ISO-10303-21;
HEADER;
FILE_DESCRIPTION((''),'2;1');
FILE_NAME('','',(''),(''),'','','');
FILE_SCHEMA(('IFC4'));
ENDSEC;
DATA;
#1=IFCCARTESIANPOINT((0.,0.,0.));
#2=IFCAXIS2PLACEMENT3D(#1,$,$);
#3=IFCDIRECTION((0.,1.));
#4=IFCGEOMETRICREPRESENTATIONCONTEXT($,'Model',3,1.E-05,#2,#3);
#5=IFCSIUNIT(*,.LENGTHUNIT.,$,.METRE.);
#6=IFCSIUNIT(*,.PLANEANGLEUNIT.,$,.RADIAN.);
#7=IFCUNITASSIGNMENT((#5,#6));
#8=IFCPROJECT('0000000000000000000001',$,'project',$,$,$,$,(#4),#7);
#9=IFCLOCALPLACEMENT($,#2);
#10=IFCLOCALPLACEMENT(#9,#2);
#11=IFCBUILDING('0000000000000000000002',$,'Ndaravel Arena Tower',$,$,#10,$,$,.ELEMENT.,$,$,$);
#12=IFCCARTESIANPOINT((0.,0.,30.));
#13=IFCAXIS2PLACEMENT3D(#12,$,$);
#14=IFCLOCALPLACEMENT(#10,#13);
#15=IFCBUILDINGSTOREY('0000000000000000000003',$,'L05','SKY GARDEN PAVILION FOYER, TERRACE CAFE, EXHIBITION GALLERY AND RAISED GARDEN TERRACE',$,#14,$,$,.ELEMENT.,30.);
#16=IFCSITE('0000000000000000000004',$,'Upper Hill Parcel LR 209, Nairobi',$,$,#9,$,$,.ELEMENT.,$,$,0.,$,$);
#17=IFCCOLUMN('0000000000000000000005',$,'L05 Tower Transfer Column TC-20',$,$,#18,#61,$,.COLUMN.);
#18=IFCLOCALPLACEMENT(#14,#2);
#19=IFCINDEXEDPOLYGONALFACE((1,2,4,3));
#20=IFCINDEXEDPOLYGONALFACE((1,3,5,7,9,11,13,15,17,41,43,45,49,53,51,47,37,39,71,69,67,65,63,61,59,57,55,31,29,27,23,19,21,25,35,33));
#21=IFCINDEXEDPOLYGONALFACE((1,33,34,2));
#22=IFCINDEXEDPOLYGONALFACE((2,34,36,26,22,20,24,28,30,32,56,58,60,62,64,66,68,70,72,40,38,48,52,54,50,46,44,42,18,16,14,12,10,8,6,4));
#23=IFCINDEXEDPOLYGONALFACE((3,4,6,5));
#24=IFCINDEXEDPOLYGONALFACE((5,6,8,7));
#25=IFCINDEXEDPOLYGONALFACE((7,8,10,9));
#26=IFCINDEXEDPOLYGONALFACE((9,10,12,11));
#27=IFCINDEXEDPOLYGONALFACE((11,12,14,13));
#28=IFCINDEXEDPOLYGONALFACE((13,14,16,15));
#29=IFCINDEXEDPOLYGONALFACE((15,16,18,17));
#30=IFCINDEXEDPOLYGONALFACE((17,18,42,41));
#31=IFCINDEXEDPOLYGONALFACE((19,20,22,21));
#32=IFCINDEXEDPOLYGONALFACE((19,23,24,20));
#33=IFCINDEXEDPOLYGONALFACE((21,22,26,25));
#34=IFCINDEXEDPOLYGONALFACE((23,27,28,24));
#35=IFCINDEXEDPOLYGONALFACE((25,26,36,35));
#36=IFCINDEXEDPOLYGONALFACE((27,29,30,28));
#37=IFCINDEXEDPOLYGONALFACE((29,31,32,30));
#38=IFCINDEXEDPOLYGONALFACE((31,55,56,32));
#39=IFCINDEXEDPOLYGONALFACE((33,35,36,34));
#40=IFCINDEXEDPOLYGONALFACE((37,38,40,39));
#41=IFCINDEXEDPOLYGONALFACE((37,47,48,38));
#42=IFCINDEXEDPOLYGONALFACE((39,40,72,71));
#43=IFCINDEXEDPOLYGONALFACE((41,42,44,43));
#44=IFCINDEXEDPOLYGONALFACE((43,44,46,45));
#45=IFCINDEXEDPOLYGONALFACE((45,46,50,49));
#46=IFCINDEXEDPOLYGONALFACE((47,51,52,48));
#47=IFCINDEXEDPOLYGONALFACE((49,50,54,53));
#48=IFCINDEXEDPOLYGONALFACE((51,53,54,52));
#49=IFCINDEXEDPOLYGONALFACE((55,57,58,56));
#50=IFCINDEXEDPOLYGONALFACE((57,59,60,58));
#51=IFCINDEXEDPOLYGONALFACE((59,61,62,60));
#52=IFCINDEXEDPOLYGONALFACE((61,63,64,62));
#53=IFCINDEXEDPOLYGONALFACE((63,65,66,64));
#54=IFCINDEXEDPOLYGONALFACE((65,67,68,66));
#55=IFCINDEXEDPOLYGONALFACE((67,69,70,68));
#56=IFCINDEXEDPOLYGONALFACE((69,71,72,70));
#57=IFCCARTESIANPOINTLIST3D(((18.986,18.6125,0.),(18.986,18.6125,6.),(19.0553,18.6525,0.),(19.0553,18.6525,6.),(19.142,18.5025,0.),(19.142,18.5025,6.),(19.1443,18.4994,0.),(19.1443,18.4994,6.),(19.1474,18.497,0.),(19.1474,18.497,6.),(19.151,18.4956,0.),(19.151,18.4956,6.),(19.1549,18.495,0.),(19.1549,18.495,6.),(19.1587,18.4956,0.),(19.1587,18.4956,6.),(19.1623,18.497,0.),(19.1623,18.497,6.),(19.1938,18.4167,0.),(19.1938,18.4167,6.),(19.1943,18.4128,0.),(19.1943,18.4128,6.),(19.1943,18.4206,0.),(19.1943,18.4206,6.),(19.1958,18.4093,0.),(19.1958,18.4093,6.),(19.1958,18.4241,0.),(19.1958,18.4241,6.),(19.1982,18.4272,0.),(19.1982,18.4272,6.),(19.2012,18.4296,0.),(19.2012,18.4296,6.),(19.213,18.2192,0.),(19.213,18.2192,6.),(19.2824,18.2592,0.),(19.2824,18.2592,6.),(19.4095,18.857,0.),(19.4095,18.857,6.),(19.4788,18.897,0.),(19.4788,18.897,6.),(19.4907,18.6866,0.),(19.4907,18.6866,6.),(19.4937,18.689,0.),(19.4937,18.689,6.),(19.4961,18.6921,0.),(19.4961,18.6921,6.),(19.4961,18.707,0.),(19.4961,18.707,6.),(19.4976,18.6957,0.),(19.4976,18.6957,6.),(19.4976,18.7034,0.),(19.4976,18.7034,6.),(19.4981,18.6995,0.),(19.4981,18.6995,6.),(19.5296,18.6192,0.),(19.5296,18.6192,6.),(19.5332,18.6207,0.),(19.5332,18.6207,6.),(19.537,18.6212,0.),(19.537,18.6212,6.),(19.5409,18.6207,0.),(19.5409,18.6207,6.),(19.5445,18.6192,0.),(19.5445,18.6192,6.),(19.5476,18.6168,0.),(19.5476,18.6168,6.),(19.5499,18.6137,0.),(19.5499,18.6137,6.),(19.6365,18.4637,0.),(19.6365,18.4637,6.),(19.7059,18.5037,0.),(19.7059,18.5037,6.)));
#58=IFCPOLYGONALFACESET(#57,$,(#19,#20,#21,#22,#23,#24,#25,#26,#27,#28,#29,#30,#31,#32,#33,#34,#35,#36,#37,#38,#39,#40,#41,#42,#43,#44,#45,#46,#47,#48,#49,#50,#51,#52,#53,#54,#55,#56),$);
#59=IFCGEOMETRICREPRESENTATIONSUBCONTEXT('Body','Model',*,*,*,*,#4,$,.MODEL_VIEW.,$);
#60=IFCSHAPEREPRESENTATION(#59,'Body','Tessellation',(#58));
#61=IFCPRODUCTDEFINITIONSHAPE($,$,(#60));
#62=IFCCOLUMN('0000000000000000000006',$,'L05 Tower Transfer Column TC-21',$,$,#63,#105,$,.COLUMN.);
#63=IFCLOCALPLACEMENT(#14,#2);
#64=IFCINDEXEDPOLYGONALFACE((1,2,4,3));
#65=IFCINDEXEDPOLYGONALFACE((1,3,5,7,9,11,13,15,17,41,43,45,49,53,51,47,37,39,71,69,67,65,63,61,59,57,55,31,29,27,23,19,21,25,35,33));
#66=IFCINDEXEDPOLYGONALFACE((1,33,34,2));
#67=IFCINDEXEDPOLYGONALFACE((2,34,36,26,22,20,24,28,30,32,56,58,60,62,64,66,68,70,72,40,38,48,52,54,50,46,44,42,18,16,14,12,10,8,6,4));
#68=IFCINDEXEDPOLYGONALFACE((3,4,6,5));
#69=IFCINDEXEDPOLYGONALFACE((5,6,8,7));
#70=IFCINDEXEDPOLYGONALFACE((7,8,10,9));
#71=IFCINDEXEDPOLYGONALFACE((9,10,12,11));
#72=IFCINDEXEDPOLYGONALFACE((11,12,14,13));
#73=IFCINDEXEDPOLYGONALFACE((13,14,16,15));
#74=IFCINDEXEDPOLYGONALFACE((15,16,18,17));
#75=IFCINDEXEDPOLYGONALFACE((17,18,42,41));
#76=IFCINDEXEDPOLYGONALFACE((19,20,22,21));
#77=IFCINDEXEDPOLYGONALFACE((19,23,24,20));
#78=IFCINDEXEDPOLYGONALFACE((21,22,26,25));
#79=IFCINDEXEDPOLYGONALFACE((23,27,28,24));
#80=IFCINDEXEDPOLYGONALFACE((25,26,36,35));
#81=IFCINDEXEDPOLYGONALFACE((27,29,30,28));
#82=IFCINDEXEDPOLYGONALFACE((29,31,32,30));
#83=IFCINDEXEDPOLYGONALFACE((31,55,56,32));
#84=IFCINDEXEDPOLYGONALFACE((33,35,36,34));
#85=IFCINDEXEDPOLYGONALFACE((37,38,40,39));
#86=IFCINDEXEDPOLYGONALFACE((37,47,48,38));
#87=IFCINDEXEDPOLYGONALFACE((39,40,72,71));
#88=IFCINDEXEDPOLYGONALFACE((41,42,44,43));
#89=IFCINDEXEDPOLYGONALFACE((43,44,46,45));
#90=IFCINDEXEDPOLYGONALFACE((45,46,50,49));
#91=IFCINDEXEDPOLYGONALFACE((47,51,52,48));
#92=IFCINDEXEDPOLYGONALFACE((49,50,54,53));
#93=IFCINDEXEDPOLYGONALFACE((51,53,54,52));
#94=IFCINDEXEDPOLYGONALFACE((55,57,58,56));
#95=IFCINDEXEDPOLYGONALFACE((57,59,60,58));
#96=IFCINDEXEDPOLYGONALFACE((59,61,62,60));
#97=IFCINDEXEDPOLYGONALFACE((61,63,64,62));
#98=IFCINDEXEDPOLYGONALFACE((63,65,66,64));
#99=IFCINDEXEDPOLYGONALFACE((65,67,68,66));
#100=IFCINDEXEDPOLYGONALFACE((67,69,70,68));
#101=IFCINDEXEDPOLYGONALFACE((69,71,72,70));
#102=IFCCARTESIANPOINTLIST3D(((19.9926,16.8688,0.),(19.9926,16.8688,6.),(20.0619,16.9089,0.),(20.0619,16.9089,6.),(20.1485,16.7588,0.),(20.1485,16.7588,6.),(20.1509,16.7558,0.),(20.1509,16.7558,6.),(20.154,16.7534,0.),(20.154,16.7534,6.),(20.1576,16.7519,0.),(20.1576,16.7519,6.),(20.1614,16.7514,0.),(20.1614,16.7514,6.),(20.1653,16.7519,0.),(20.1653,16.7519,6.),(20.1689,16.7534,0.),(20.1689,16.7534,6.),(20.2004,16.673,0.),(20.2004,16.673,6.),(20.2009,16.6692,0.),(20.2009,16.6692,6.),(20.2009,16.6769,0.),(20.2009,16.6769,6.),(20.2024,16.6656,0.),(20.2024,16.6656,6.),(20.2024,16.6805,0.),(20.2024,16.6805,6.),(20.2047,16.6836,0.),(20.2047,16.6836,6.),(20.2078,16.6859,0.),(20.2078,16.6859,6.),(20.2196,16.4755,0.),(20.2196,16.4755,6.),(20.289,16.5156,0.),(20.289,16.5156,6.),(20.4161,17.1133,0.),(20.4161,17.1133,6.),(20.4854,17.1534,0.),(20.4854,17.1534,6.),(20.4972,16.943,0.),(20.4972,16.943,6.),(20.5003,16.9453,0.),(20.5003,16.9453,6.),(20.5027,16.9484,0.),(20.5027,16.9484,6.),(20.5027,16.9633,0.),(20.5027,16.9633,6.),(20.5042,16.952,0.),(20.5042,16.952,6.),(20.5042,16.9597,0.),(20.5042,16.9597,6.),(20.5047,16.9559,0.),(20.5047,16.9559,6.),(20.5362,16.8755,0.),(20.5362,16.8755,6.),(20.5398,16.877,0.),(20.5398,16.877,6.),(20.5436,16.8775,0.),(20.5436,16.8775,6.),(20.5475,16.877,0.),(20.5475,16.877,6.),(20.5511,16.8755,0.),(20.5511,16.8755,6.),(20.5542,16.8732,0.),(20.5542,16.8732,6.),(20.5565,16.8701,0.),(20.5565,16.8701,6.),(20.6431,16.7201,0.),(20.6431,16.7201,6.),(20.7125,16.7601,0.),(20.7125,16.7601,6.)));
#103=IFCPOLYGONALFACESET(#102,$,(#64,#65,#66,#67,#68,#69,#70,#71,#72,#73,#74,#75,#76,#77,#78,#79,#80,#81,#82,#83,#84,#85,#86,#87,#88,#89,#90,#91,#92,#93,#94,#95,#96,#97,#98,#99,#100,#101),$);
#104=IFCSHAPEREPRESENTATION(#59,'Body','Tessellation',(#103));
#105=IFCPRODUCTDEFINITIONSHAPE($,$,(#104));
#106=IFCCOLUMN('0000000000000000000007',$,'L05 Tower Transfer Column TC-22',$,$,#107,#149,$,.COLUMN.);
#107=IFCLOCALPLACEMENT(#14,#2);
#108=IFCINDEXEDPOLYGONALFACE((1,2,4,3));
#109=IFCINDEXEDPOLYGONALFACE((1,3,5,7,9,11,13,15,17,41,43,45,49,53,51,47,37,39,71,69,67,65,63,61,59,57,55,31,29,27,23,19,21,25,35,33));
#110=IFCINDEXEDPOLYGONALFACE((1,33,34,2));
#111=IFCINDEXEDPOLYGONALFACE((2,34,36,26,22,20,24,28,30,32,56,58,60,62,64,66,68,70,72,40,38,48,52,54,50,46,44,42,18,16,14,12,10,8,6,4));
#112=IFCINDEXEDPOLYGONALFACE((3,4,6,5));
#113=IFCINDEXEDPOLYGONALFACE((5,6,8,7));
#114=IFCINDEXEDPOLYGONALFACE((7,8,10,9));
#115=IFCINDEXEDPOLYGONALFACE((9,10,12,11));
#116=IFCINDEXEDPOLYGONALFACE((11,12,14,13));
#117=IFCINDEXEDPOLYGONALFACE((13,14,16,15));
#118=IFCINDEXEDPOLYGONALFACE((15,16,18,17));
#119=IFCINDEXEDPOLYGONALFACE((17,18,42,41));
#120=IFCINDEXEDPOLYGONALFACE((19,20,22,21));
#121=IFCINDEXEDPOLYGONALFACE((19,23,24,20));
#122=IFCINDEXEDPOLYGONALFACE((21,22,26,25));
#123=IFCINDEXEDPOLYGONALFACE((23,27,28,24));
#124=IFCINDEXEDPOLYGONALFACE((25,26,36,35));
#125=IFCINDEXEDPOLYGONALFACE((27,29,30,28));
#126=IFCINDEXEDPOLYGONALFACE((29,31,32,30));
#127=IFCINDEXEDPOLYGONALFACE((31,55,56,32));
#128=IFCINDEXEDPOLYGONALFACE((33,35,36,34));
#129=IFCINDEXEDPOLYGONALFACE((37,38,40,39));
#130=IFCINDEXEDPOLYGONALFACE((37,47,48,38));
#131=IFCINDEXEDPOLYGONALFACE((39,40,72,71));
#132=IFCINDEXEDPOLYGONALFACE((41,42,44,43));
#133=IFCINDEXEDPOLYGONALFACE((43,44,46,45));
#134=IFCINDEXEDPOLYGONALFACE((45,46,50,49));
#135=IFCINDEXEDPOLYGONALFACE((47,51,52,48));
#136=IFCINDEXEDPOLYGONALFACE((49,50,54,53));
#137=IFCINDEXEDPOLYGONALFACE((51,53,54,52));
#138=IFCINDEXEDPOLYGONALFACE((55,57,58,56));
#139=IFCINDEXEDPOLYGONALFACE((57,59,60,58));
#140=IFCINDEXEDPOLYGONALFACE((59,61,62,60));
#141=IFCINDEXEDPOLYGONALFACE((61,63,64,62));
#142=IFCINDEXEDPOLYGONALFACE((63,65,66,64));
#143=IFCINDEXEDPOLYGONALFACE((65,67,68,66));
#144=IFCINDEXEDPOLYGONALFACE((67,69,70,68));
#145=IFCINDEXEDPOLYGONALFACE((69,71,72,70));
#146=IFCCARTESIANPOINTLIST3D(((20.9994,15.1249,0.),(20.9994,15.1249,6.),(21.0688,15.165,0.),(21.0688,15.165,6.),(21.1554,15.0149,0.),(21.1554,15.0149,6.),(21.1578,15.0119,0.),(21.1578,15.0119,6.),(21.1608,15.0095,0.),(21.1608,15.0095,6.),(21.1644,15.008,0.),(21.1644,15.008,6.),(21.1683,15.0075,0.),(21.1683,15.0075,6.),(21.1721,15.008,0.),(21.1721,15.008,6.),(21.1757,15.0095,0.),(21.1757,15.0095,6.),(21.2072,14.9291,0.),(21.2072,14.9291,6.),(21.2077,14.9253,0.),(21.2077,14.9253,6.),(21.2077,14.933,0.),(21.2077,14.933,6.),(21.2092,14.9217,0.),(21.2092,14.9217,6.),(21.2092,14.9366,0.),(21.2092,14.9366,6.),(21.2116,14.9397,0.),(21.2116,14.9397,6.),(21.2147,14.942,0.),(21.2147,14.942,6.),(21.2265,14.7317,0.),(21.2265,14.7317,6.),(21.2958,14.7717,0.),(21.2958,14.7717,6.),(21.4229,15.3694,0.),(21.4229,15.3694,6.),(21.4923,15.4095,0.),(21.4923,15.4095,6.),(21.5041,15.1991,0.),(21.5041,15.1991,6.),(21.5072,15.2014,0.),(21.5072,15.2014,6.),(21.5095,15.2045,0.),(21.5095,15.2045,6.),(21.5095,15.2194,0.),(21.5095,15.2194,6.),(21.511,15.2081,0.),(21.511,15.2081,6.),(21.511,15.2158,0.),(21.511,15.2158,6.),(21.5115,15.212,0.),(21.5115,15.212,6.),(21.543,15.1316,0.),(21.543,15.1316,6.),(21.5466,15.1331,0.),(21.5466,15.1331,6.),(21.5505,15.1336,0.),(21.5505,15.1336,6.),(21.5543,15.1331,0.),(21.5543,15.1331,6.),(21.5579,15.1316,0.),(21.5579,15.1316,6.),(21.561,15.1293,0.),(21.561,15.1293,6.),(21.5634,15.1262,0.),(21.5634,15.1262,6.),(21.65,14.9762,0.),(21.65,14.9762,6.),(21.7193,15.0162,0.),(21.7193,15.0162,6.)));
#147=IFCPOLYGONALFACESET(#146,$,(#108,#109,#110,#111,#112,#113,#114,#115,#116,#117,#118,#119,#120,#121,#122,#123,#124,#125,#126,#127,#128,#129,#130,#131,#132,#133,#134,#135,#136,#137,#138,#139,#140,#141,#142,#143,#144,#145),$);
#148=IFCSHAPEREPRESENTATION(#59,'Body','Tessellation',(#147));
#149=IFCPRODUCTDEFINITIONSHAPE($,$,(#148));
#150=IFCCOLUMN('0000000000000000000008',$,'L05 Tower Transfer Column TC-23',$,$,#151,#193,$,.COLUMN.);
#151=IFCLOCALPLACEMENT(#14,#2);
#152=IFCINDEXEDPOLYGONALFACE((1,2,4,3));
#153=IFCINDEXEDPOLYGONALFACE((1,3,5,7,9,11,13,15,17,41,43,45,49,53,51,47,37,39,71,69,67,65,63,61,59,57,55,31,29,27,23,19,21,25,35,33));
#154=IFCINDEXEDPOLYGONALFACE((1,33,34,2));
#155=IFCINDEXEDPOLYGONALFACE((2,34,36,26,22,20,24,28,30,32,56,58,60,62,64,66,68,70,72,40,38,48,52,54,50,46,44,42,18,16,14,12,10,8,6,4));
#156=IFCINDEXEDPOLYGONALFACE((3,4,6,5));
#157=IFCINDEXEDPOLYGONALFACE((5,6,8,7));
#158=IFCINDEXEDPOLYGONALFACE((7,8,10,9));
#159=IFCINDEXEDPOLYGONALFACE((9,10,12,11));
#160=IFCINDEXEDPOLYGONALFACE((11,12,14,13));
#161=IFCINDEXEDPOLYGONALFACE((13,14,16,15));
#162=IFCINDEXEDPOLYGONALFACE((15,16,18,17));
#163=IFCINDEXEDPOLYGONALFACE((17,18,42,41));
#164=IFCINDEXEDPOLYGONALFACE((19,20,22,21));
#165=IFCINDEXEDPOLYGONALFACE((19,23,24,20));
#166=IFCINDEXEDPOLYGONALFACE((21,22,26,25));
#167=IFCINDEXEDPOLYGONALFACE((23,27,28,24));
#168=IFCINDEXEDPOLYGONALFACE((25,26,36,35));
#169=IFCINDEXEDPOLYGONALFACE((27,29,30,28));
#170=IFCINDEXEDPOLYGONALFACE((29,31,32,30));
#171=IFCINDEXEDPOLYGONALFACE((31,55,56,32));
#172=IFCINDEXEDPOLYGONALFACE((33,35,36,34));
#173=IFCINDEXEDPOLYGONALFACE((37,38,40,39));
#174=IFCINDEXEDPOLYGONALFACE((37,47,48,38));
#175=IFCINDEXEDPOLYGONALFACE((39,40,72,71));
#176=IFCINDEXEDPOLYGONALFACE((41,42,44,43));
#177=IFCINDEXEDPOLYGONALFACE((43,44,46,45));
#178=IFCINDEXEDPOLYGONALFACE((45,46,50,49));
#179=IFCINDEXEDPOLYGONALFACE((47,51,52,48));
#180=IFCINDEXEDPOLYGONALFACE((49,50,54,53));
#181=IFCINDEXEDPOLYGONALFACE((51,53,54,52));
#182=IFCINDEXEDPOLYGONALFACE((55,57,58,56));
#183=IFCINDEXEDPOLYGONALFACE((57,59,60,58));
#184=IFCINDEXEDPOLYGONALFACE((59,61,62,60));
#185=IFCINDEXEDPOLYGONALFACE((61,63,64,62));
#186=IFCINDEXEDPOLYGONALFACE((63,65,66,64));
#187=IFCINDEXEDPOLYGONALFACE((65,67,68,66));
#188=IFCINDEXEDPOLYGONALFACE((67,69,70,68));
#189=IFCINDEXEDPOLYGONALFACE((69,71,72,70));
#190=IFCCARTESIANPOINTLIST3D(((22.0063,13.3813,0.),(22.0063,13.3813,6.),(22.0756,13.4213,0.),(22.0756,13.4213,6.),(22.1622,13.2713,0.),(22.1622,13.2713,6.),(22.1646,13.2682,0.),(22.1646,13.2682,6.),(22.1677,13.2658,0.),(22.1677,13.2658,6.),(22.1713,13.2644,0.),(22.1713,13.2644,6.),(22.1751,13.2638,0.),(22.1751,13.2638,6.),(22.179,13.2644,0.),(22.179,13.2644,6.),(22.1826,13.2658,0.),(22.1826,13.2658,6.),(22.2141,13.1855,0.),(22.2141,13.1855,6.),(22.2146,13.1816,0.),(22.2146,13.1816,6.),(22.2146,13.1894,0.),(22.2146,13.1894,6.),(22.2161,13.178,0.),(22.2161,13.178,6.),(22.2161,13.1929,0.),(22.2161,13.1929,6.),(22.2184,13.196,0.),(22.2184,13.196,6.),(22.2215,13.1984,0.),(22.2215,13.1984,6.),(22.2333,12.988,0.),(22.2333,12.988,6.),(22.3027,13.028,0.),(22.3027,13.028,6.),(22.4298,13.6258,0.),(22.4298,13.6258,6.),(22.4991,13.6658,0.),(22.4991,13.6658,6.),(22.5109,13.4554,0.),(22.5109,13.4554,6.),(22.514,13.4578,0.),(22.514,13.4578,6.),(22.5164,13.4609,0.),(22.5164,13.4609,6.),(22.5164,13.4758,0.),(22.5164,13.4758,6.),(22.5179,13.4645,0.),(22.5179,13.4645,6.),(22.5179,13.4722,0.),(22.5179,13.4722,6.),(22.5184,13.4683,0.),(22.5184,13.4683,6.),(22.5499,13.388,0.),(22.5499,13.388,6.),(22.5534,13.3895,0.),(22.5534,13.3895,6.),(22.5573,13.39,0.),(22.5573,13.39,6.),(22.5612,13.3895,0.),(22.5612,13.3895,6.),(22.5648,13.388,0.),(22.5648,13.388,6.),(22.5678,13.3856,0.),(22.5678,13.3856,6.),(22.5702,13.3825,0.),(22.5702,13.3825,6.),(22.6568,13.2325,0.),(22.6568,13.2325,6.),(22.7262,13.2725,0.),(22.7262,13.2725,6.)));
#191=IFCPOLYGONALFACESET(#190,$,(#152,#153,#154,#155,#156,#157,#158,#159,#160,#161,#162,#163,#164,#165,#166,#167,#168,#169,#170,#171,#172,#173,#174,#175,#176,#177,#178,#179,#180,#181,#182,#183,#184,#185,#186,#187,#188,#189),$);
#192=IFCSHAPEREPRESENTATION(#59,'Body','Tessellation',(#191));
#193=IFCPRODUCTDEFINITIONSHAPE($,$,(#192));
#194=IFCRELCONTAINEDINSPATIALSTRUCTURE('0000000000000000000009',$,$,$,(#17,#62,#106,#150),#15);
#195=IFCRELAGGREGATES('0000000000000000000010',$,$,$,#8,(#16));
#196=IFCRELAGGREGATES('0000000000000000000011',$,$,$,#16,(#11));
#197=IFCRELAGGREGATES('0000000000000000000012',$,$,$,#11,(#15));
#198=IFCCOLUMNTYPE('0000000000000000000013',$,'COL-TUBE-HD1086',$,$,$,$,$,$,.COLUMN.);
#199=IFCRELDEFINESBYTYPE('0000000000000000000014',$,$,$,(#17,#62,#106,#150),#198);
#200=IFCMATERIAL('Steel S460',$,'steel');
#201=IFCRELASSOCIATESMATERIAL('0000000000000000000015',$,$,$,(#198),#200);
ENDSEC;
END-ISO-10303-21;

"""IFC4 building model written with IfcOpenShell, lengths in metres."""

from ifc_helpers import new_model, si_unit, direction, frame, origin, origin_2d, place, context, subcontext, project, spatial, i_section, extrude, material, material_profile, profile_set, type_object, element, save


model = new_model("IFC4")

# Units and contexts
model_context = context("Model", 3, precision=1e-05, world=origin(), true_north=direction((0.0, 1.0)))
body_context = subcontext(model_context, "Body", "Model", "MODEL_VIEW")
ifc_project = project(units=[si_unit("LENGTHUNIT", "METRE"), si_unit("PLANEANGLEUNIT", "RADIAN")], contexts=[model_context])

# Site, building, storey
site_placement = place(None, origin())
site = spatial("IfcSite", under=ifc_project, at=site_placement, Name="Upper Hill Parcel LR 209, Nairobi", CompositionType="ELEMENT", RefElevation=0.0)
building_placement = place(site_placement, origin())
building = spatial("IfcBuilding", under=site, at=building_placement, Name="Ndaravel Arena Tower", CompositionType="ELEMENT")
storey_placement = place(building_placement, frame((0.0, 0.0, 30.0)))
storey = spatial("IfcBuildingStorey", under=building, at=storey_placement, Name="L05", Description="SKY GARDEN PAVILION FOYER, TERRACE CAFE, EXHIBITION GALLERY AND RAISED GARDEN TERRACE", CompositionType="ELEMENT", Elevation=30.0)

# Columns
ifc_material_1 = material(Name="Steel S460", Category="steel")
ifc_material_profile = material_profile(ifc_material_1, i_section(OverallWidth=0.4541, OverallDepth=0.5691, WebThickness=0.0779, FlangeThickness=0.0801, FilletRadius=0.0149, at=origin_2d()), Name="HD 400x1086")
ifc_profile_set = profile_set([ifc_material_profile], Name="Steel S460")
column_type = type_object("IfcColumnType", Name="COL-TUBE-HD1086", PredefinedType="COLUMN", material=ifc_profile_set)
for number, where, z_axis, x_axis, name in (
    (1, (19.3459, 18.5581, 0.0), (0.0, 0.0, 1.0), (-0.5, 0.866025, 0.0), "L05 Tower Transfer Column TC-20"),
    (2, (20.3525, 16.8145, 0.0), (0.0, 0.0, 1.0), (-0.5, 0.866025, 0.0), "L05 Tower Transfer Column TC-21"),
    (3, (21.3594, 15.0706, 0.0), (0.0, 0.0, 1.0), (-0.5, 0.866025, 0.0), "L05 Tower Transfer Column TC-22"),
    (4, (22.3662, 13.3269, 0.0), (0.0, 0.0, 1.0), (-0.5, 0.866025, 0.0), "L05 Tower Transfer Column TC-23"),
):
    element("IfcColumn", number, at=place(storey_placement, frame(where, z_axis=z_axis, x_axis=x_axis)), inside=storey, type_object=column_type, Name=name, PredefinedType="COLUMN", context=body_context, shape_type="SweptSolid", body=[
        extrude(i_section(OverallWidth=0.4541, OverallDepth=0.5691, WebThickness=0.0779, FlangeThickness=0.0801, FilletRadius=0.0149, at=origin_2d()), origin(), (0.0, 0.0, 1.0), 6.0),
    ])

save(model, "model.ifc")
